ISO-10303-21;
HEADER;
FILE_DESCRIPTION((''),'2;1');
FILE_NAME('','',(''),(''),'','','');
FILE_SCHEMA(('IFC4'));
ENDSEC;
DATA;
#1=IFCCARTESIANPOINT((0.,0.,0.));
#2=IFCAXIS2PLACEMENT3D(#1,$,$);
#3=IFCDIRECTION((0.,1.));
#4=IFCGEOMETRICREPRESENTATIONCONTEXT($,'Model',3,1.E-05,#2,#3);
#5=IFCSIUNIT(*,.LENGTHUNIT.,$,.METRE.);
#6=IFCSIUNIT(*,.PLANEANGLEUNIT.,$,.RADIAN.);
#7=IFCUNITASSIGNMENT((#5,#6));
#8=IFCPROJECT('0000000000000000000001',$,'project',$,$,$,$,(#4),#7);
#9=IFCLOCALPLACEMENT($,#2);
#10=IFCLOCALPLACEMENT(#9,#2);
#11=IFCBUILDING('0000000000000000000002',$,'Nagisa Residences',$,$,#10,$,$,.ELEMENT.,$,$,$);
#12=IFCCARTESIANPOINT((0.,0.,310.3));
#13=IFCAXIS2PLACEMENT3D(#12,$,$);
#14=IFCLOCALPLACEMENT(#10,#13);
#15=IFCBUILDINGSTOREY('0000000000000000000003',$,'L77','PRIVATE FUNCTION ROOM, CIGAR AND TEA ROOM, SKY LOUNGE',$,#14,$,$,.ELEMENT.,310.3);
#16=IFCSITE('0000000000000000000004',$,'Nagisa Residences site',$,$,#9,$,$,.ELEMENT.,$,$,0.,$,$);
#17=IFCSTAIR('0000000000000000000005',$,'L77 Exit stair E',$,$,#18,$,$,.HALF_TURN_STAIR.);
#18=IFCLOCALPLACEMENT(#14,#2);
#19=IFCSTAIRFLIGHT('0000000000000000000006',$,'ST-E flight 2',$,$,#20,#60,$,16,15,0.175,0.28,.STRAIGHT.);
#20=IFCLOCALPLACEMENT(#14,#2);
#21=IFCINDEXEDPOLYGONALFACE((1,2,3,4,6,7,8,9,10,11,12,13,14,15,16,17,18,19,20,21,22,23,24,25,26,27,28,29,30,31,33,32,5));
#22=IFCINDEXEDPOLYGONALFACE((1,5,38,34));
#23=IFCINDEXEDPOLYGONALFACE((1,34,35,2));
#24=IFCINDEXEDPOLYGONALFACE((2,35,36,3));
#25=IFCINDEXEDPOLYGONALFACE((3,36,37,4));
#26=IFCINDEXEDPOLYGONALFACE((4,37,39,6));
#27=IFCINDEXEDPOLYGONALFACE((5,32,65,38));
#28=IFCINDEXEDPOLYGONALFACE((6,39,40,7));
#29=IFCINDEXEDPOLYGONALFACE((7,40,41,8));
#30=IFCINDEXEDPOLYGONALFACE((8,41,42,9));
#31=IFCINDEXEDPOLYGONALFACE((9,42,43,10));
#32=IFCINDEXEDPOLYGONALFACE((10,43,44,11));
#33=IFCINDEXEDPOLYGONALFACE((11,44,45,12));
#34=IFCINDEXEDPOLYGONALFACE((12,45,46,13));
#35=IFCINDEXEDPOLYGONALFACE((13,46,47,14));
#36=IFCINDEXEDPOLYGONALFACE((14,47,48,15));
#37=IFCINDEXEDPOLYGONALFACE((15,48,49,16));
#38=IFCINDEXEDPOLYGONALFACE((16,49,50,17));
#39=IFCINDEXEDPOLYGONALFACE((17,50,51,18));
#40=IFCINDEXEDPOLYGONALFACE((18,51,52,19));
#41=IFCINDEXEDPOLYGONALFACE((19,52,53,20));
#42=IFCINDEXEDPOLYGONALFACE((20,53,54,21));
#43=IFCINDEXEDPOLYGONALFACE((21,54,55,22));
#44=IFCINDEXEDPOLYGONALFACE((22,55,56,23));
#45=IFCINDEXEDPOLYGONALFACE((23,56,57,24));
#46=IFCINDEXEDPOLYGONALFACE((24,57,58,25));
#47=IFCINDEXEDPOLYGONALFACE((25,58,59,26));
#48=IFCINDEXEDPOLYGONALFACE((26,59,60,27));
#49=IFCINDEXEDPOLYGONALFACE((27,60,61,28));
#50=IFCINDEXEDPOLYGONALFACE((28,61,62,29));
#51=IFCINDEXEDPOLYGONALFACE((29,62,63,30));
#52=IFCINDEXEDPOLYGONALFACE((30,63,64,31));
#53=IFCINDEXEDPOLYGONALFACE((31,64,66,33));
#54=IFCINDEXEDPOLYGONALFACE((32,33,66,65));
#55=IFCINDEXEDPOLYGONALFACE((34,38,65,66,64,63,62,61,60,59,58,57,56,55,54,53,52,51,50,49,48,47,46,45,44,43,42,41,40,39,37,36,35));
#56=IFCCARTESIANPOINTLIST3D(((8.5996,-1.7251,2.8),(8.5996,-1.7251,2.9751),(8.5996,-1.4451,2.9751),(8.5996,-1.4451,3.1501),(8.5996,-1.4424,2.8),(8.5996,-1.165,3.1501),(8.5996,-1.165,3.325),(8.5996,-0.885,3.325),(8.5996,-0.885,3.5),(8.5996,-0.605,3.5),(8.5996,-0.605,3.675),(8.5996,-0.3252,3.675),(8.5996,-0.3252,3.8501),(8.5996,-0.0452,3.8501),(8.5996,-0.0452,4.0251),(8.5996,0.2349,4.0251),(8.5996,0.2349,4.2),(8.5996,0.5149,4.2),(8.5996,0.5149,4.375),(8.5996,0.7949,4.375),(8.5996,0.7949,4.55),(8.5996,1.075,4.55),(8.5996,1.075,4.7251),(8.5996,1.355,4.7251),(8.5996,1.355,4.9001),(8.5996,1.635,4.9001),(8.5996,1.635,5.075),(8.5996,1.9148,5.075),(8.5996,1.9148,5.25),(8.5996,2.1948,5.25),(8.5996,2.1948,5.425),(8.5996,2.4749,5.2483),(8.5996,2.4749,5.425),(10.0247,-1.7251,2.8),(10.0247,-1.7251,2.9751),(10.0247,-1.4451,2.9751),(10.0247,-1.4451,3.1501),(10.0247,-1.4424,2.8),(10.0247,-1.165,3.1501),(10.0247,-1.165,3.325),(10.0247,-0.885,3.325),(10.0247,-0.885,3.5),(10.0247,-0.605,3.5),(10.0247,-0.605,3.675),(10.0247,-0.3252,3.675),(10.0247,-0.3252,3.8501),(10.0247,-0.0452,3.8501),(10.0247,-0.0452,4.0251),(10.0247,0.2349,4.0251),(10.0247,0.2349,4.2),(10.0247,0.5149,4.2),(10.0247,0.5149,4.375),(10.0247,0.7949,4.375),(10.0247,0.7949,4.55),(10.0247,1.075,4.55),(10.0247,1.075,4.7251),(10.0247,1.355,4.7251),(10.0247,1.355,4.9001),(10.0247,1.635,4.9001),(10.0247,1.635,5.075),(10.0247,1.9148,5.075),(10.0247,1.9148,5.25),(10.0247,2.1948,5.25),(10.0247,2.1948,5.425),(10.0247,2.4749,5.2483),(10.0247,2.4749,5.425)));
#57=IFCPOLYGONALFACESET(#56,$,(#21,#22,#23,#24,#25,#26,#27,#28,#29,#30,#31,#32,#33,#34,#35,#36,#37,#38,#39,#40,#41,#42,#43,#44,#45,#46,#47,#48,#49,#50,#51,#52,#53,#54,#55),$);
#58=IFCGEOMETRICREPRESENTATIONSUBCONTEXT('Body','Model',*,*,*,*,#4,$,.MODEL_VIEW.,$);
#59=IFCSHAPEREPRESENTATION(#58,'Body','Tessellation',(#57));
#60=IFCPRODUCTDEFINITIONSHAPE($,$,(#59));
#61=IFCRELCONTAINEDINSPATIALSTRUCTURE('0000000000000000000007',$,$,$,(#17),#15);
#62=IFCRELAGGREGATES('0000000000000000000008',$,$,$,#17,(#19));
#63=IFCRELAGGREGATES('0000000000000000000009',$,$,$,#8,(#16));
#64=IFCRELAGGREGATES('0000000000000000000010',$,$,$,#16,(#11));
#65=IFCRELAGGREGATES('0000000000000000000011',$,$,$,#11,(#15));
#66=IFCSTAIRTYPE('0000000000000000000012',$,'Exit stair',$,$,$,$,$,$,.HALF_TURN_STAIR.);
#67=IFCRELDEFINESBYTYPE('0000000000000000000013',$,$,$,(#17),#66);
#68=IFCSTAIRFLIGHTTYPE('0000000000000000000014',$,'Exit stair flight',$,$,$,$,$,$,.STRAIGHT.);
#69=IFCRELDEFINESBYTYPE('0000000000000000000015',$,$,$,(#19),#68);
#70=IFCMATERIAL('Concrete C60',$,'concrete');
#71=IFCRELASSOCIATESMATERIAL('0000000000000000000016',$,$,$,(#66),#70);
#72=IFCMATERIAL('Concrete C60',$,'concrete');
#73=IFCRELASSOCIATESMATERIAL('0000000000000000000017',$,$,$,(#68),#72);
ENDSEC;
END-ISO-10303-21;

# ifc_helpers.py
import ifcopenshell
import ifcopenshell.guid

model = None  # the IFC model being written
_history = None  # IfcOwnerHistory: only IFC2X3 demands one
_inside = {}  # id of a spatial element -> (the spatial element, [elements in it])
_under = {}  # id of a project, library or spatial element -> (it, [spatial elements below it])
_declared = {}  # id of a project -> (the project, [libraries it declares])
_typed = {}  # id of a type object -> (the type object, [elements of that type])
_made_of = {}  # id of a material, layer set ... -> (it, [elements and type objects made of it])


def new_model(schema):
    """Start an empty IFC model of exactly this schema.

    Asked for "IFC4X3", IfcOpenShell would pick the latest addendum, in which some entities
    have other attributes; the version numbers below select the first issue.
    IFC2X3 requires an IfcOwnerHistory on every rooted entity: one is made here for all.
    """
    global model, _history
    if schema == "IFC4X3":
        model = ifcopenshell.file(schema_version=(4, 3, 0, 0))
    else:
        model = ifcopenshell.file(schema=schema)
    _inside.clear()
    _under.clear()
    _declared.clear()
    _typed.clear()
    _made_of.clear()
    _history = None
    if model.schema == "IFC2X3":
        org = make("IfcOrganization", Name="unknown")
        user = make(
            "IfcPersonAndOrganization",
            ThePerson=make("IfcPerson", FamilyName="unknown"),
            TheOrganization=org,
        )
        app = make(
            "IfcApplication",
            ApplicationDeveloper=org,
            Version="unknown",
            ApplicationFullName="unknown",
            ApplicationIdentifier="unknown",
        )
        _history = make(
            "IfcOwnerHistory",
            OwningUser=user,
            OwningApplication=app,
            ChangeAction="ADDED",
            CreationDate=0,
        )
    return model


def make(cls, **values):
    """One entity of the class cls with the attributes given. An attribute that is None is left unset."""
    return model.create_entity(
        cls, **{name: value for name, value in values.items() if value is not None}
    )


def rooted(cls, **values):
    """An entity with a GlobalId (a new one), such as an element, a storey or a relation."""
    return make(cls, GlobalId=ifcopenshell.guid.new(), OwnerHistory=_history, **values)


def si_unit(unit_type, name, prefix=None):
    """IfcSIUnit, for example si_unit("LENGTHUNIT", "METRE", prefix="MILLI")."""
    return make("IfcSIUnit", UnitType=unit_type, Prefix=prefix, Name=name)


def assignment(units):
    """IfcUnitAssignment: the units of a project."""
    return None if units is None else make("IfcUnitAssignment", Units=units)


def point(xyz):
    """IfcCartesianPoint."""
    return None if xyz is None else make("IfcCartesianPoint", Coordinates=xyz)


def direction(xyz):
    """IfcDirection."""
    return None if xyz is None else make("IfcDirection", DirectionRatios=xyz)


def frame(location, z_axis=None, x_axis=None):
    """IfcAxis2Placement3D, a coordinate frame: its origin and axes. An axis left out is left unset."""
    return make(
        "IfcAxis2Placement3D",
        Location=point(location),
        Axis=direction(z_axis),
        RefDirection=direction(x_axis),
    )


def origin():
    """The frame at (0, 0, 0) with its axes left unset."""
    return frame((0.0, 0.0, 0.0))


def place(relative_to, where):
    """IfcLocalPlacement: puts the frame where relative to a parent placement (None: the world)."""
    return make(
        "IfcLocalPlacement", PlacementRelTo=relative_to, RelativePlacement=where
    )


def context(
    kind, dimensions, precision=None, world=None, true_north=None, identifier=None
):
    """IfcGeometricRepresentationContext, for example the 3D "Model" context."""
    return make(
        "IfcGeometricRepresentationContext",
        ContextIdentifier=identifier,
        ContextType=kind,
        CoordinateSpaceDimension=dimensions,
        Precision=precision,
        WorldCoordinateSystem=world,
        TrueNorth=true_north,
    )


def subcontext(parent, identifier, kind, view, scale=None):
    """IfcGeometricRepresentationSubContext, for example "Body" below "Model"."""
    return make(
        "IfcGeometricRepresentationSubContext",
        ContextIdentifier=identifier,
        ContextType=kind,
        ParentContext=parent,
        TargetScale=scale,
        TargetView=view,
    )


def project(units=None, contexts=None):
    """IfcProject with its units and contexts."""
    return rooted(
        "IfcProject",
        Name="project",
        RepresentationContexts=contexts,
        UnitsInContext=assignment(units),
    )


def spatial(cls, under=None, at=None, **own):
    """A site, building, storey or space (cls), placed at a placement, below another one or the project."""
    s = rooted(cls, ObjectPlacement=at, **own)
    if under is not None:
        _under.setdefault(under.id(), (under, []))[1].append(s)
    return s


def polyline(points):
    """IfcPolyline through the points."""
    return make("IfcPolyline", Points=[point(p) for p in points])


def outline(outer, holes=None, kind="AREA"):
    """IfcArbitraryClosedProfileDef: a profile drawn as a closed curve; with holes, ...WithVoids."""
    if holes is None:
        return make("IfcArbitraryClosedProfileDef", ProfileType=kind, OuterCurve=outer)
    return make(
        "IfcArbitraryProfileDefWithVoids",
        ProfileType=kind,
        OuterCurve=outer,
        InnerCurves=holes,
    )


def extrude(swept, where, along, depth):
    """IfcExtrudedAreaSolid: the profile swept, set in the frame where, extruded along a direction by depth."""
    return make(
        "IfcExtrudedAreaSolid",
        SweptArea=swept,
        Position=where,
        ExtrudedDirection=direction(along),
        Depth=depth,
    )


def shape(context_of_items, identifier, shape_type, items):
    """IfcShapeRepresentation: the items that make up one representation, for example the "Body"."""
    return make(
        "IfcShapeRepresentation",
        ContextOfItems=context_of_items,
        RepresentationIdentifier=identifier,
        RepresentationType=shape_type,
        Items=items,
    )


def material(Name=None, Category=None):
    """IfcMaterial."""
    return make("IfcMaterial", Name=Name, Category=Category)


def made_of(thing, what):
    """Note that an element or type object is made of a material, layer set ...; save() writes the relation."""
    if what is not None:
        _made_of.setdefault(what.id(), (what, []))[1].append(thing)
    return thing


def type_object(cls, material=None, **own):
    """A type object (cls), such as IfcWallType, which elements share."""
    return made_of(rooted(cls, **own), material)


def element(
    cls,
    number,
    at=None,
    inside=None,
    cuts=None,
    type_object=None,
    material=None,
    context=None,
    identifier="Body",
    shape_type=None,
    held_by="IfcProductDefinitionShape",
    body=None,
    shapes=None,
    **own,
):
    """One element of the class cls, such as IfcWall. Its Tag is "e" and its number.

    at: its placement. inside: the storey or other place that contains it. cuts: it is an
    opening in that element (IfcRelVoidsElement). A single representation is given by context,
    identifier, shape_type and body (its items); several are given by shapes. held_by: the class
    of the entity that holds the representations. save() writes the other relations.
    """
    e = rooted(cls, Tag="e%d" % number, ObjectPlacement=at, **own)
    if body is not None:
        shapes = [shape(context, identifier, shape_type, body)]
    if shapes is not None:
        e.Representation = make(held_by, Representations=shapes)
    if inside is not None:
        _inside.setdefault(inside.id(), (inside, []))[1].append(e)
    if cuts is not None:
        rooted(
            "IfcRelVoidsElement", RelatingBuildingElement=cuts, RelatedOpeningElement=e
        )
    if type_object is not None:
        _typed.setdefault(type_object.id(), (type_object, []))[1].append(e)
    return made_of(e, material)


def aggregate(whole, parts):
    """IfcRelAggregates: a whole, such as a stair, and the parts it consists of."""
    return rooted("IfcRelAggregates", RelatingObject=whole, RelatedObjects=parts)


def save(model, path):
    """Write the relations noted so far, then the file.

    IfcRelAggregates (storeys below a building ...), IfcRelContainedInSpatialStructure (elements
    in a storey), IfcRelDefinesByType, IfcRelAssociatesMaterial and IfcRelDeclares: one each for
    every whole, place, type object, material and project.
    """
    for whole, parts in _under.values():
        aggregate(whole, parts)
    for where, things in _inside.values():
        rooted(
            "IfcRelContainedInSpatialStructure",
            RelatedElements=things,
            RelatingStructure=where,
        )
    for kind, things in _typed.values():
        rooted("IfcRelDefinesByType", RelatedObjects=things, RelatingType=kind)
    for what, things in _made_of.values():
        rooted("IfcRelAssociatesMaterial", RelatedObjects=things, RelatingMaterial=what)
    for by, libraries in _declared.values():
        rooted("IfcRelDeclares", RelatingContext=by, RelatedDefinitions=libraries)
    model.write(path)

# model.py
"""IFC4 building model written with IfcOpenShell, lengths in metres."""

from ifc_helpers import new_model, si_unit, direction, frame, origin, place, context, subcontext, project, spatial, polyline, outline, extrude, material, type_object, element, aggregate, save


model = new_model("IFC4")

# Units and contexts
model_context = context("Model", 3, precision=1e-05, world=origin(), true_north=direction((0.0, 1.0)))
body_context = subcontext(model_context, "Body", "Model", "MODEL_VIEW")
ifc_project = project(units=[si_unit("LENGTHUNIT", "METRE"), si_unit("PLANEANGLEUNIT", "RADIAN")], contexts=[model_context])

# Site, building, storey
site_placement = place(None, origin())
site = spatial("IfcSite", under=ifc_project, at=site_placement, Name="Nagisa Residences site", CompositionType="ELEMENT", RefElevation=0.0)
building_placement = place(site_placement, origin())
building = spatial("IfcBuilding", under=site, at=building_placement, Name="Nagisa Residences", CompositionType="ELEMENT")
storey_placement = place(building_placement, frame((0.0, 0.0, 310.3)))
storey = spatial("IfcBuildingStorey", under=building, at=storey_placement, Name="L77", Description="PRIVATE FUNCTION ROOM, CIGAR AND TEA ROOM, SKY LOUNGE", CompositionType="ELEMENT", Elevation=310.3)

# Stair, stair flight
ifc_material_1 = material(Name="Concrete C60", Category="concrete")
stair_type = type_object("IfcStairType", Name="Exit stair", PredefinedType="HALF_TURN_STAIR", material=ifc_material_1)
stair_placement = place(storey_placement, origin())
stair = element("IfcStair", 1, at=stair_placement, inside=storey, type_object=stair_type, Name="L77 Exit stair E", PredefinedType="HALF_TURN_STAIR")
ifc_material_2 = material(Name="Concrete C60", Category="concrete")
stair_flight_type = type_object("IfcStairFlightType", Name="Exit stair flight", PredefinedType="STRAIGHT", material=ifc_material_2)
stair_flight_1_placement = place(storey_placement, frame((9.312, -1.7251, 2.8), z_axis=(0.0, 0.0, 1.0), x_axis=(0.0, 1.0, 0.0)))
stair_flight_1 = element("IfcStairFlight", 2, at=stair_flight_1_placement, type_object=stair_flight_type, Name="ST-E flight 2", NumberOfRisers=16, NumberOfTreads=15, PredefinedType="STRAIGHT", RiserHeight=0.175, TreadLength=0.28, context=body_context, shape_type="SweptSolid", body=[
    extrude(outline(polyline([(0.0, 0.0), (0.0, 0.175), (0.28, 0.175), (0.28, 0.3501), (0.5601, 0.3501), (0.5601, 0.5249), (0.8401, 0.5249), (0.8401, 0.7), (1.1201, 0.7), (1.1201, 0.875), (1.3999, 0.875), (1.3999, 1.05), (1.6799, 1.05), (1.6799, 1.2251), (1.96, 1.2251), (1.96, 1.3999), (2.24, 1.3999), (2.24, 1.575), (2.52, 1.575), (2.52, 1.75), (2.8, 1.75), (2.8, 1.925), (3.0801, 1.925), (3.0801, 2.1001), (3.3601, 2.1001), (3.3601, 2.2749), (3.6399, 2.2749), (3.6399, 2.45), (3.9199, 2.45), (3.9199, 2.625), (4.2, 2.625), (4.2, 2.8), (4.2, 2.4482), (0.2827, 0.0), (0.0, 0.0)])), frame((0.0, 0.7124, 0.0), z_axis=(0.0, -1.0, 0.0), x_axis=(1.0, 0.0, 0.0)), (0.0, 0.0, 1.0), 1.425),
])
aggregate(stair, [stair_flight_1])

save(model, "model.ifc")
